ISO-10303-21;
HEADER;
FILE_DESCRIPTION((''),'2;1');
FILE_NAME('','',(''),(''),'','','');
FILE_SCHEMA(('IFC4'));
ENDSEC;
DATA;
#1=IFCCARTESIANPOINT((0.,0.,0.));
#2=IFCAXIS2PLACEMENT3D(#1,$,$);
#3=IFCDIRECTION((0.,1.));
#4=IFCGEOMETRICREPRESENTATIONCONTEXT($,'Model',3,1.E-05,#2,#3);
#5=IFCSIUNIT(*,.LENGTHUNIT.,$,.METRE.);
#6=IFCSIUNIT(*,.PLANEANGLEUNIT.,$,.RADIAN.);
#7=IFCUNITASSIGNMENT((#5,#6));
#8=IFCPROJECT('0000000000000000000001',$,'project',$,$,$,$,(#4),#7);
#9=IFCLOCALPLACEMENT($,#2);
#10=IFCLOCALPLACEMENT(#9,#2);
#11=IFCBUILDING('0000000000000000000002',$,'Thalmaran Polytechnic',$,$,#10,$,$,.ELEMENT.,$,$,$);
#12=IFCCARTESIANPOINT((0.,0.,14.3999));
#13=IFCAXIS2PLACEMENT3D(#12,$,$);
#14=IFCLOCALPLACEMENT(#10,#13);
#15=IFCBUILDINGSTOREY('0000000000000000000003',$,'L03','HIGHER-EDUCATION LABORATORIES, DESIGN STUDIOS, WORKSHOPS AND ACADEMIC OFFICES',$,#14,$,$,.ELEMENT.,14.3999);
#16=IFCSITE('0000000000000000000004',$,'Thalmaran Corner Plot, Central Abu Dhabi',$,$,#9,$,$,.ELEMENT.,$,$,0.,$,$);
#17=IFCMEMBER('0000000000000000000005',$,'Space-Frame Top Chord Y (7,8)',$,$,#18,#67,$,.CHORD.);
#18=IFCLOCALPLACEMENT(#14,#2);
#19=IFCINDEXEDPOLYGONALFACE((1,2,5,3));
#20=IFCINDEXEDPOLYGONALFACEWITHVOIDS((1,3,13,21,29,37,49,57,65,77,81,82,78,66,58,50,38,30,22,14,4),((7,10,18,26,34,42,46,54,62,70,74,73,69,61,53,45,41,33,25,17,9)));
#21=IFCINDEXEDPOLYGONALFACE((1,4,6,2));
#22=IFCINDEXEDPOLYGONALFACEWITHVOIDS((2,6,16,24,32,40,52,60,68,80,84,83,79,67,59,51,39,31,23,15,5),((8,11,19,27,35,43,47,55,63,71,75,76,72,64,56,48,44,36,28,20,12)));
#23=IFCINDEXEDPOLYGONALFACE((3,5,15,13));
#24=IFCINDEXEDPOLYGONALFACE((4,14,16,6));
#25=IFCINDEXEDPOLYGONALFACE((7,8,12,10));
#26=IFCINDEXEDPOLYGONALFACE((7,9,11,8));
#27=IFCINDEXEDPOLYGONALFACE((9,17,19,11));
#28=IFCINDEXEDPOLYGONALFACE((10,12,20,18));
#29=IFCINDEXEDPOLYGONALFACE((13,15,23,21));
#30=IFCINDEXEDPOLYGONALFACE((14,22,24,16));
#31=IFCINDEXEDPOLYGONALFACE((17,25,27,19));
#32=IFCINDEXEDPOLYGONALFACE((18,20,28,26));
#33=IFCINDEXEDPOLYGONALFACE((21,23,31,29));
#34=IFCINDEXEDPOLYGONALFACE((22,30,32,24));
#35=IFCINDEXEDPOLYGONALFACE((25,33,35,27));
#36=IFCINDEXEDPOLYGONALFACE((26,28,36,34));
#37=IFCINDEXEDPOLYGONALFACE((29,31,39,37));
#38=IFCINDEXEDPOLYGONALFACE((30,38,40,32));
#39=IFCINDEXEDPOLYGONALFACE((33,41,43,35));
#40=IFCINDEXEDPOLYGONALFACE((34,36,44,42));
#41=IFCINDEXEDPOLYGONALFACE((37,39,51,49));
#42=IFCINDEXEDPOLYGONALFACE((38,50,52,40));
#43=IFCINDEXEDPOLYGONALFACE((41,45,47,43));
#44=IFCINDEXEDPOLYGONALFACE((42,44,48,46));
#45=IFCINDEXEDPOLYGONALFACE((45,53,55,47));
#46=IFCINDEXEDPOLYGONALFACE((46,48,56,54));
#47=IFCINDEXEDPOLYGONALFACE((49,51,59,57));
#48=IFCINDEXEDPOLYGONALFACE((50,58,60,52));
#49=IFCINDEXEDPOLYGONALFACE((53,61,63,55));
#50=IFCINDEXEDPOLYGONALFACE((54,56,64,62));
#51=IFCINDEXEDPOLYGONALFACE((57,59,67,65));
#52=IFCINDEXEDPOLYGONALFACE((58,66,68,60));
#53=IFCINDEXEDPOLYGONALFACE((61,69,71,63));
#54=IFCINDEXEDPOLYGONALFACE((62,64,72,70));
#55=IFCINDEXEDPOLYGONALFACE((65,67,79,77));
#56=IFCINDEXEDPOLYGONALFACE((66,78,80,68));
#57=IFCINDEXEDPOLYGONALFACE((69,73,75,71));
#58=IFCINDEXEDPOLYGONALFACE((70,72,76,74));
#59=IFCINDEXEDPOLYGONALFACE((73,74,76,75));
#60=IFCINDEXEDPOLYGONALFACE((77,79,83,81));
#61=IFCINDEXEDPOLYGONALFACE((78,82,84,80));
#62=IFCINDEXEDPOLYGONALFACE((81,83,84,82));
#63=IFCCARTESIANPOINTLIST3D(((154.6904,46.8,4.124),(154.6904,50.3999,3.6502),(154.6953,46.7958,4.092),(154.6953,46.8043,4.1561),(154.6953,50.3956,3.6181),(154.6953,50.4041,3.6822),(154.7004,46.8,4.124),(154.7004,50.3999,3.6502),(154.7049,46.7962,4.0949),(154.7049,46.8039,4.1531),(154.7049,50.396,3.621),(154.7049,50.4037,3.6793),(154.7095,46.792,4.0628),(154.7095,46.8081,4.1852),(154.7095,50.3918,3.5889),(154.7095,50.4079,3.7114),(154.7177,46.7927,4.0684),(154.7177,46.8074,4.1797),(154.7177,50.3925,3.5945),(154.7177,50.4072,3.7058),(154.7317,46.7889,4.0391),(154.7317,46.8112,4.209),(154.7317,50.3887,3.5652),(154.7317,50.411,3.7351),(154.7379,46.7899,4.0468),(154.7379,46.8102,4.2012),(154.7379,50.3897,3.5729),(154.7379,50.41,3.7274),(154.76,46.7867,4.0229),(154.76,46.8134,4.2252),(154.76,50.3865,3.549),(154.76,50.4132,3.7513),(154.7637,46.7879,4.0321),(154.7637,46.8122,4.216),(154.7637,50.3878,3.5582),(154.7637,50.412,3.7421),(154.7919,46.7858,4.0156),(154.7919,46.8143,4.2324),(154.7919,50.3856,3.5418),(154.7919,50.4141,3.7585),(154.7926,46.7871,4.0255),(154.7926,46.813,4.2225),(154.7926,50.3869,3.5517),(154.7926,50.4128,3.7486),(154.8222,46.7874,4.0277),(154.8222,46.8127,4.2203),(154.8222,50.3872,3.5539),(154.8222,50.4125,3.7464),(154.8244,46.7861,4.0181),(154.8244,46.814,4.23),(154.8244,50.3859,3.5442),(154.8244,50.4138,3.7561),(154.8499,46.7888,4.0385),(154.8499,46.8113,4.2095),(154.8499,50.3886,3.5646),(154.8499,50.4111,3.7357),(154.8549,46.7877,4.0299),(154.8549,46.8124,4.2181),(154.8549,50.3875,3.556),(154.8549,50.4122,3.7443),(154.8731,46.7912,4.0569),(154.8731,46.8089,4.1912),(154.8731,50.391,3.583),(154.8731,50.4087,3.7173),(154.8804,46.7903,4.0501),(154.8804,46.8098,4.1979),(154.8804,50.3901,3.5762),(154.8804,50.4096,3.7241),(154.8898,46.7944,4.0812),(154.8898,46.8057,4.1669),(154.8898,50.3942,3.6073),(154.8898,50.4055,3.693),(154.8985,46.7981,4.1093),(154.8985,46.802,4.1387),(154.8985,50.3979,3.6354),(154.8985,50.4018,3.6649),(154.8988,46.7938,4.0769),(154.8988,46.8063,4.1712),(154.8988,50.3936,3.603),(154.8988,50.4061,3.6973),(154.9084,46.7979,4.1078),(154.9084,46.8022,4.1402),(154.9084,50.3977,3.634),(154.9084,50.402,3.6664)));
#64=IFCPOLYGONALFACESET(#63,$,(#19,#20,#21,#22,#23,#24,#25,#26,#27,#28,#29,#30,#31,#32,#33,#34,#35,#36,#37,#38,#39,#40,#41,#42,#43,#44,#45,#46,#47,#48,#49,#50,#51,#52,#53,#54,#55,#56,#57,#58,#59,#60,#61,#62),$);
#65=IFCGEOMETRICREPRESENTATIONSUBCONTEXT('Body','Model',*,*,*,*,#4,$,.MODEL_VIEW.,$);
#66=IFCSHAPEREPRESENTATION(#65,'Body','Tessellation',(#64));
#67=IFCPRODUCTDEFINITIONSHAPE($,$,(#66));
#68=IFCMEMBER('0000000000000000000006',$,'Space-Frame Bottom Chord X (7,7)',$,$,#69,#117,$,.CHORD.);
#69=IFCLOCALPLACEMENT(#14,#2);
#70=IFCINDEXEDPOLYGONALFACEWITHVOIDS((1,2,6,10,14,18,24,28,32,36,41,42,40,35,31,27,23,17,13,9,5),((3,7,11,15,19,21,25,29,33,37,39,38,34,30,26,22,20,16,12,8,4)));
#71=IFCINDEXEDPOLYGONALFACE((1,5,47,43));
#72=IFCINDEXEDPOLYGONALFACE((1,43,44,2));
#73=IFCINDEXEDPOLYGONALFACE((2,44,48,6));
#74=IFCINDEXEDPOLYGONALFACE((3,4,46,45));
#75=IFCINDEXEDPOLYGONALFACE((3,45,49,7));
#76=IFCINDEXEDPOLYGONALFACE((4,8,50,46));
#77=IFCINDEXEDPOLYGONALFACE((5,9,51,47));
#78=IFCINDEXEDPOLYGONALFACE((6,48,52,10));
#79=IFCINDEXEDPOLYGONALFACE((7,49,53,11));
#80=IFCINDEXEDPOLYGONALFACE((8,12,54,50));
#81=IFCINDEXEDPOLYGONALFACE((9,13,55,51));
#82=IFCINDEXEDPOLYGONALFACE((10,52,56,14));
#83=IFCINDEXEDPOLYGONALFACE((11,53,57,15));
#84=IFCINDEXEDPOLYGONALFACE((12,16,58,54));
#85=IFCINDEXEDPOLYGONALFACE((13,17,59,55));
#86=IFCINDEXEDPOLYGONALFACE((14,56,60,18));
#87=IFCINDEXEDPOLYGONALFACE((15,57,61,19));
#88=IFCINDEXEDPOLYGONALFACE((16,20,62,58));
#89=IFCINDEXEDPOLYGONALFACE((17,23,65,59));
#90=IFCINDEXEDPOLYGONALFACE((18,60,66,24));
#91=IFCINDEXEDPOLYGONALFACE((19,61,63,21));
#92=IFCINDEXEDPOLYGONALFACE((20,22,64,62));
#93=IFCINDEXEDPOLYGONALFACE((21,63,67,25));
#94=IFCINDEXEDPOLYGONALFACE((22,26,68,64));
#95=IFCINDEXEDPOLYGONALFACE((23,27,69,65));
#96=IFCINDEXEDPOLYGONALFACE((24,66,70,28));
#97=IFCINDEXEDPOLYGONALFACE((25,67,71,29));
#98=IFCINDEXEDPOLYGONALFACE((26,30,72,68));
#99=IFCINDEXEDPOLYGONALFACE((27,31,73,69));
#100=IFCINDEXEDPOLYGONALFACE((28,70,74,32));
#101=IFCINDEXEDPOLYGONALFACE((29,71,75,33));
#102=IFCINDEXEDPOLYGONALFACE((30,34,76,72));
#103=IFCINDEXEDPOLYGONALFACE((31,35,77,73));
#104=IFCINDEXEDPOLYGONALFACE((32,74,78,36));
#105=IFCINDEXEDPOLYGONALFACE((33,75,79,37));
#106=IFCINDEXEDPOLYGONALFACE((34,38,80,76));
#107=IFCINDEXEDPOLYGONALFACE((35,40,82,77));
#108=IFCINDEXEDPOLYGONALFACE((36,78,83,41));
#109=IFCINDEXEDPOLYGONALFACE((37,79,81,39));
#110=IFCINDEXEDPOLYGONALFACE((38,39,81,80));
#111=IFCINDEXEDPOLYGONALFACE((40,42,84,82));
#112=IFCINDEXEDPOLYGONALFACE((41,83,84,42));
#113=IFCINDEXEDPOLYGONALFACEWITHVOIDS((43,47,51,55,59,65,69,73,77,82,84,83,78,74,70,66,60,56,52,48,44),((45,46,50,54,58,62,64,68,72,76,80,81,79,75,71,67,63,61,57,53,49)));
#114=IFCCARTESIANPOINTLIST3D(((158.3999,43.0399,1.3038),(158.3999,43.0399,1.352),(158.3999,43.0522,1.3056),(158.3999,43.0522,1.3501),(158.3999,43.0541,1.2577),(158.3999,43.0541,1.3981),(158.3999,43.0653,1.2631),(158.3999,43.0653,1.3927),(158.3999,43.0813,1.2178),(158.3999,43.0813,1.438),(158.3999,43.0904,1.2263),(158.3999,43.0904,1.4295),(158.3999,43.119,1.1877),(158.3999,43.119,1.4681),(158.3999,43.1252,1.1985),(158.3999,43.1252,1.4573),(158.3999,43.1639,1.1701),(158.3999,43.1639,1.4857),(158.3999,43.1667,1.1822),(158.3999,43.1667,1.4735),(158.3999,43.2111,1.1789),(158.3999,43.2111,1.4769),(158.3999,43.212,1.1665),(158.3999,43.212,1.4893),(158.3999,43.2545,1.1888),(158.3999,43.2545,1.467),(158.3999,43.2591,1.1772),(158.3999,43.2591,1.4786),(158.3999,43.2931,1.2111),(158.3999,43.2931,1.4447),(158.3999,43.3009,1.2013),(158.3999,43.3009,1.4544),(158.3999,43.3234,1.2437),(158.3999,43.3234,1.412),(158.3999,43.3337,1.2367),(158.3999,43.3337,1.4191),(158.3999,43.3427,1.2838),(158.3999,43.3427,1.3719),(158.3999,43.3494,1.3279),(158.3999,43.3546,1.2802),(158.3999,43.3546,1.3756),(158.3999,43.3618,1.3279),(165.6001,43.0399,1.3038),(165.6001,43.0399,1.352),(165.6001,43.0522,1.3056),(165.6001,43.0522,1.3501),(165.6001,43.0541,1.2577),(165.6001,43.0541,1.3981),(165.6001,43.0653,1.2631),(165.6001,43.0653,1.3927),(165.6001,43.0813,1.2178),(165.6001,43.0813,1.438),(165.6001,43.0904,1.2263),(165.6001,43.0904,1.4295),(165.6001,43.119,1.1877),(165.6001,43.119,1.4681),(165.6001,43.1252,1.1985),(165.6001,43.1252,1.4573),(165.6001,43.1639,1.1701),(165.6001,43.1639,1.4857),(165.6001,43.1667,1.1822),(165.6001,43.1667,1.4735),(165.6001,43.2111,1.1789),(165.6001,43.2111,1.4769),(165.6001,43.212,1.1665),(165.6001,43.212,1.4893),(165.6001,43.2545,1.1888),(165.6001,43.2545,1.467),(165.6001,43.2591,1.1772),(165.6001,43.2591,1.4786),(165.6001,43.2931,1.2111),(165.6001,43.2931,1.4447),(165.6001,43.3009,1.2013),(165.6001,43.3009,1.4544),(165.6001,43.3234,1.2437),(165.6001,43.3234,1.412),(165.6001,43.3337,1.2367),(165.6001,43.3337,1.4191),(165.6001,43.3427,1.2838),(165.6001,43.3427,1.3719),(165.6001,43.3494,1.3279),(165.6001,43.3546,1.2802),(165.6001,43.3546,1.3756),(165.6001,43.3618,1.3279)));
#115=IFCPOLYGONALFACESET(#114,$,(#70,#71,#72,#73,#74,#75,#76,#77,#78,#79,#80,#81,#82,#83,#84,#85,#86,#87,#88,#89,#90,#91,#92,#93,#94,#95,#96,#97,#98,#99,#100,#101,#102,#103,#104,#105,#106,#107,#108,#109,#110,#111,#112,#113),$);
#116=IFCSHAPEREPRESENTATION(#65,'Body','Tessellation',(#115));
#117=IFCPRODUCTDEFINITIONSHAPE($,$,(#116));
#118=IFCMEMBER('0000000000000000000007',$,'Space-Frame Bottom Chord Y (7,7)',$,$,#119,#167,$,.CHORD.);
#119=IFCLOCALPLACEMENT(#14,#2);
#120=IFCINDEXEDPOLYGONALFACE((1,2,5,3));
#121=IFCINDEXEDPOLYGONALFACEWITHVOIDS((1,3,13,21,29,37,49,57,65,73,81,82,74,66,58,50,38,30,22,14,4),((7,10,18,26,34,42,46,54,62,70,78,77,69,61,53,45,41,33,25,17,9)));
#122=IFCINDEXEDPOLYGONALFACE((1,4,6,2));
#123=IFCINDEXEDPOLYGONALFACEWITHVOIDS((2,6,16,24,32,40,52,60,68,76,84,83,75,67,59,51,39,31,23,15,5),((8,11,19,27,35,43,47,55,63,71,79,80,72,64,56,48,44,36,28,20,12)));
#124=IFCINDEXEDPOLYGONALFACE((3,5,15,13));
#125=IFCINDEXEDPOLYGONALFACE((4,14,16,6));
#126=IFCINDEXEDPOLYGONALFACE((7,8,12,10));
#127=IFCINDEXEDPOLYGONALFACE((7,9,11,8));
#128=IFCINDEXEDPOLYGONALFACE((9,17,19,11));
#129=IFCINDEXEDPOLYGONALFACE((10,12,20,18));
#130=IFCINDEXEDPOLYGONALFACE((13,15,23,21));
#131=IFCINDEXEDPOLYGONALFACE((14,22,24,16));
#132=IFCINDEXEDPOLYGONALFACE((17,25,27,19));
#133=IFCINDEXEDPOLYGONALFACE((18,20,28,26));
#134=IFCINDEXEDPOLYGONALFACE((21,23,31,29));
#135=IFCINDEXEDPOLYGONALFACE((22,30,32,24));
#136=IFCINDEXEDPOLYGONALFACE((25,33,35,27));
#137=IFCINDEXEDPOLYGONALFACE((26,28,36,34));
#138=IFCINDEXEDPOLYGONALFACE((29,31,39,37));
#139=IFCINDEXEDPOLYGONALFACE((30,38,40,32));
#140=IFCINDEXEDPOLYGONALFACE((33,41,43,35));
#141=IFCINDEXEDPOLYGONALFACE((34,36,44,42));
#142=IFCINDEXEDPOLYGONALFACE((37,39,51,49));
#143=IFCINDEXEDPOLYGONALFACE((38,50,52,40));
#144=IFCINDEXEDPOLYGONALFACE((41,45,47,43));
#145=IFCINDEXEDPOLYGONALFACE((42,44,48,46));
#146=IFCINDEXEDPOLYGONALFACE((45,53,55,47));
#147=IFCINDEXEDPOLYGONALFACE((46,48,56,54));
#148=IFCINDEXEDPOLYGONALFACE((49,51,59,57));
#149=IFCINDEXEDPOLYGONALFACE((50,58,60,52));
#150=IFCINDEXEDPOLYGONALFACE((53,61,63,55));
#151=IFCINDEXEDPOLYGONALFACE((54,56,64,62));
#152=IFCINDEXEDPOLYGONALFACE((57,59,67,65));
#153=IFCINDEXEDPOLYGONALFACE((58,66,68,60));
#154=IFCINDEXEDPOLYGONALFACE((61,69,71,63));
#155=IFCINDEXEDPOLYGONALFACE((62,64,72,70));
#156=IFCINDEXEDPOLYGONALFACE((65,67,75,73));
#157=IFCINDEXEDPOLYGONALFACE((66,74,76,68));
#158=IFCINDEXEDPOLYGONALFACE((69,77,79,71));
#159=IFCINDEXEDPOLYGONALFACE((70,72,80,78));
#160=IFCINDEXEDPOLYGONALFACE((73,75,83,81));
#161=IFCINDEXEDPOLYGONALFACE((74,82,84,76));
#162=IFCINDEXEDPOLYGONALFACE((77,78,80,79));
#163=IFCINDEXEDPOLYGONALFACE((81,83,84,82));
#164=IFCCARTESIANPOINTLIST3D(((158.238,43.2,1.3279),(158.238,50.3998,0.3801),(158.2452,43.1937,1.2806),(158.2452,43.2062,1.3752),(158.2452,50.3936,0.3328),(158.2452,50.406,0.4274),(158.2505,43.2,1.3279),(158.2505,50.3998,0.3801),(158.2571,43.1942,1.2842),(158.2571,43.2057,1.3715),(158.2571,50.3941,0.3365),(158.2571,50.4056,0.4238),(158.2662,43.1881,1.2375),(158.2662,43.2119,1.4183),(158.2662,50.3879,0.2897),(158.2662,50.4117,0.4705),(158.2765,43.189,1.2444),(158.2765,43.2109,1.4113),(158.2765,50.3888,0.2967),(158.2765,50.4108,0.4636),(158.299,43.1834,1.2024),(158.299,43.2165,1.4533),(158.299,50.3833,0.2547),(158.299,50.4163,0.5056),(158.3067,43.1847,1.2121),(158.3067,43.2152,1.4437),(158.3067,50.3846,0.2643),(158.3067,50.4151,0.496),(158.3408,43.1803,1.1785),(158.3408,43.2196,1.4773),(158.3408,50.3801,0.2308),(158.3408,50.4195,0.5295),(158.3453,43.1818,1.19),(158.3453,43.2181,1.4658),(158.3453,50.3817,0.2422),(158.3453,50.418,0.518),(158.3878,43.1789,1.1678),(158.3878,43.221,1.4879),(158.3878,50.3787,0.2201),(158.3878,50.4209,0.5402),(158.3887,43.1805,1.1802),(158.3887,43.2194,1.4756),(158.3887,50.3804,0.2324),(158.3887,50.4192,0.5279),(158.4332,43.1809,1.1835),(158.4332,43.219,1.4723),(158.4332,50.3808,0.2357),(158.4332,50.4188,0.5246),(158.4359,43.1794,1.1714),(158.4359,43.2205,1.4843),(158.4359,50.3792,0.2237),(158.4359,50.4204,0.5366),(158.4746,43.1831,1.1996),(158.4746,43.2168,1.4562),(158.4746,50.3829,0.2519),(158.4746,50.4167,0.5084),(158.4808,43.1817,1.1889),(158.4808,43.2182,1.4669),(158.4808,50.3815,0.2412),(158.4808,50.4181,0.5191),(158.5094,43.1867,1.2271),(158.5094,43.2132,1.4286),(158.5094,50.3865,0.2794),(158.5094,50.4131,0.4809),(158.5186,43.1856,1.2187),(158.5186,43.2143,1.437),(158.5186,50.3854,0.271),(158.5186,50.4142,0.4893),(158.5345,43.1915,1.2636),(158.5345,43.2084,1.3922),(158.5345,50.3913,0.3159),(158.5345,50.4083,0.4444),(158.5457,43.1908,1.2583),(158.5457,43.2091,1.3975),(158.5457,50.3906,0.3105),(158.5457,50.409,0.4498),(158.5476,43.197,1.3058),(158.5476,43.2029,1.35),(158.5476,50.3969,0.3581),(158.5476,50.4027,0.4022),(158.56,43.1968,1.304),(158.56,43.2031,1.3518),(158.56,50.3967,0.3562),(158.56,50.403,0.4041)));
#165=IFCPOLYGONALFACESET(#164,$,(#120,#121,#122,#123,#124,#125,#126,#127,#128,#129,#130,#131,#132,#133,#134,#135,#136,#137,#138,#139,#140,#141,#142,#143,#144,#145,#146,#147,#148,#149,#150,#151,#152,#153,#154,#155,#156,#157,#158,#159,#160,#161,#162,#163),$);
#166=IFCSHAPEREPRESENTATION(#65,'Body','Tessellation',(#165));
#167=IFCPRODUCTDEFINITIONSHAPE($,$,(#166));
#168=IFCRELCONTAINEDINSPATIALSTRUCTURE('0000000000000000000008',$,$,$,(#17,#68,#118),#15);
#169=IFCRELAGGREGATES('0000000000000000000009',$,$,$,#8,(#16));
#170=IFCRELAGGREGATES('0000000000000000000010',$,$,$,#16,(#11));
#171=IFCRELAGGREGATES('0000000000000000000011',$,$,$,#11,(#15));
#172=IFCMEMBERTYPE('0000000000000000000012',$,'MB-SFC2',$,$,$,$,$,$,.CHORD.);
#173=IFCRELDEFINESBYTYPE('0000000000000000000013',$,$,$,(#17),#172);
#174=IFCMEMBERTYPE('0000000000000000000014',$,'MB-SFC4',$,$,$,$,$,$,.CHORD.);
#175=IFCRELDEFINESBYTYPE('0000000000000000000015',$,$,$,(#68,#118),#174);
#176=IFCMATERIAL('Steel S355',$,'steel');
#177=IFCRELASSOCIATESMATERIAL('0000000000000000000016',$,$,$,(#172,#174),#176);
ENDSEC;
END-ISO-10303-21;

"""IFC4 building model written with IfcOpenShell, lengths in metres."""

from ifc_helpers import new_model, si_unit, direction, frame, origin, origin_2d, place, context, subcontext, project, spatial, hollow_circle, extrude, material, material_profile, profile_set, type_object, element, save


model = new_model("IFC4")

# Units and contexts
model_context = context("Model", 3, precision=1e-05, world=origin(), true_north=direction((0.0, 1.0)))
body_context = subcontext(model_context, "Body", "Model", "MODEL_VIEW")
ifc_project = project(units=[si_unit("LENGTHUNIT", "METRE"), si_unit("PLANEANGLEUNIT", "RADIAN")], contexts=[model_context])

# Site, building, storey
site_placement = place(None, origin())
site = spatial("IfcSite", under=ifc_project, at=site_placement, Name="Thalmaran Corner Plot, Central Abu Dhabi", CompositionType="ELEMENT", RefElevation=0.0)
building_placement = place(site_placement, origin())
building = spatial("IfcBuilding", under=site, at=building_placement, Name="Thalmaran Polytechnic", CompositionType="ELEMENT")
storey_placement = place(building_placement, frame((0.0, 0.0, 14.3999)))
storey = spatial("IfcBuildingStorey", under=building, at=storey_placement, Name="L03", Description="HIGHER-EDUCATION LABORATORIES, DESIGN STUDIOS, WORKSHOPS AND ACADEMIC OFFICES", CompositionType="ELEMENT", Elevation=14.3999)

# Shared definitions
ifc_material_1 = material(Name="Steel S355", Category="steel")

# Members
ifc_material_profile_1 = material_profile(ifc_material_1, hollow_circle(Radius=0.1096, WallThickness=0.01, at=origin_2d()), Name="CHS 219.1x10.0")
ifc_profile_set_1 = profile_set([ifc_material_profile_1], Name="Steel S355")
member_type_1 = type_object("IfcMemberType", Name="MB-SFC2", PredefinedType="CHORD", material=ifc_profile_set_1)
member_1_placement = place(storey_placement, frame((154.8, 46.8, 4.124), z_axis=(0.0, 0.991447, -0.130512), x_axis=(-1.0, 0.0, 0.0)))
element("IfcMember", 1, at=member_1_placement, inside=storey, type_object=member_type_1, Name="Space-Frame Top Chord Y (7,8)", PredefinedType="CHORD", context=body_context, shape_type="SweptSolid", body=[
    extrude(hollow_circle(Radius=0.1096, WallThickness=0.01, at=origin_2d()), origin(), (0.0, 0.0, 1.0), 3.6309),
])
ifc_material_profile_2 = material_profile(ifc_material_1, hollow_circle(Radius=0.1619, WallThickness=0.0125, at=origin_2d()), Name="CHS 323.9x12.5")
ifc_profile_set_2 = profile_set([ifc_material_profile_2], Name="Steel S355")
member_type_2 = type_object("IfcMemberType", Name="MB-SFC4", PredefinedType="CHORD", material=ifc_profile_set_2)
member_2_placement = place(storey_placement, frame((158.3999, 43.2, 1.3279), z_axis=(1.0, 0.0, 0.0), x_axis=(0.0, 1.0, 0.0)))
element("IfcMember", 2, at=member_2_placement, inside=storey, type_object=member_type_2, Name="Space-Frame Bottom Chord X (7,7)", PredefinedType="CHORD", context=body_context, shape_type="SweptSolid", body=[
    extrude(hollow_circle(Radius=0.1619, WallThickness=0.0125, at=origin_2d()), origin(), (0.0, 0.0, 1.0), 7.2002),
])
member_3_placement = place(storey_placement, frame((158.3999, 43.2, 1.3279), z_axis=(0.0, 0.991447, -0.130508), x_axis=(-1.0, 0.0, 0.0)))
element("IfcMember", 3, at=member_3_placement, inside=storey, type_object=member_type_2, Name="Space-Frame Bottom Chord Y (7,7)", PredefinedType="CHORD", context=body_context, shape_type="SweptSolid", body=[
    extrude(hollow_circle(Radius=0.1619, WallThickness=0.0125, at=origin_2d()), origin(), (0.0, 0.0, 1.0), 7.262),
])

save(model, "model.ifc")
